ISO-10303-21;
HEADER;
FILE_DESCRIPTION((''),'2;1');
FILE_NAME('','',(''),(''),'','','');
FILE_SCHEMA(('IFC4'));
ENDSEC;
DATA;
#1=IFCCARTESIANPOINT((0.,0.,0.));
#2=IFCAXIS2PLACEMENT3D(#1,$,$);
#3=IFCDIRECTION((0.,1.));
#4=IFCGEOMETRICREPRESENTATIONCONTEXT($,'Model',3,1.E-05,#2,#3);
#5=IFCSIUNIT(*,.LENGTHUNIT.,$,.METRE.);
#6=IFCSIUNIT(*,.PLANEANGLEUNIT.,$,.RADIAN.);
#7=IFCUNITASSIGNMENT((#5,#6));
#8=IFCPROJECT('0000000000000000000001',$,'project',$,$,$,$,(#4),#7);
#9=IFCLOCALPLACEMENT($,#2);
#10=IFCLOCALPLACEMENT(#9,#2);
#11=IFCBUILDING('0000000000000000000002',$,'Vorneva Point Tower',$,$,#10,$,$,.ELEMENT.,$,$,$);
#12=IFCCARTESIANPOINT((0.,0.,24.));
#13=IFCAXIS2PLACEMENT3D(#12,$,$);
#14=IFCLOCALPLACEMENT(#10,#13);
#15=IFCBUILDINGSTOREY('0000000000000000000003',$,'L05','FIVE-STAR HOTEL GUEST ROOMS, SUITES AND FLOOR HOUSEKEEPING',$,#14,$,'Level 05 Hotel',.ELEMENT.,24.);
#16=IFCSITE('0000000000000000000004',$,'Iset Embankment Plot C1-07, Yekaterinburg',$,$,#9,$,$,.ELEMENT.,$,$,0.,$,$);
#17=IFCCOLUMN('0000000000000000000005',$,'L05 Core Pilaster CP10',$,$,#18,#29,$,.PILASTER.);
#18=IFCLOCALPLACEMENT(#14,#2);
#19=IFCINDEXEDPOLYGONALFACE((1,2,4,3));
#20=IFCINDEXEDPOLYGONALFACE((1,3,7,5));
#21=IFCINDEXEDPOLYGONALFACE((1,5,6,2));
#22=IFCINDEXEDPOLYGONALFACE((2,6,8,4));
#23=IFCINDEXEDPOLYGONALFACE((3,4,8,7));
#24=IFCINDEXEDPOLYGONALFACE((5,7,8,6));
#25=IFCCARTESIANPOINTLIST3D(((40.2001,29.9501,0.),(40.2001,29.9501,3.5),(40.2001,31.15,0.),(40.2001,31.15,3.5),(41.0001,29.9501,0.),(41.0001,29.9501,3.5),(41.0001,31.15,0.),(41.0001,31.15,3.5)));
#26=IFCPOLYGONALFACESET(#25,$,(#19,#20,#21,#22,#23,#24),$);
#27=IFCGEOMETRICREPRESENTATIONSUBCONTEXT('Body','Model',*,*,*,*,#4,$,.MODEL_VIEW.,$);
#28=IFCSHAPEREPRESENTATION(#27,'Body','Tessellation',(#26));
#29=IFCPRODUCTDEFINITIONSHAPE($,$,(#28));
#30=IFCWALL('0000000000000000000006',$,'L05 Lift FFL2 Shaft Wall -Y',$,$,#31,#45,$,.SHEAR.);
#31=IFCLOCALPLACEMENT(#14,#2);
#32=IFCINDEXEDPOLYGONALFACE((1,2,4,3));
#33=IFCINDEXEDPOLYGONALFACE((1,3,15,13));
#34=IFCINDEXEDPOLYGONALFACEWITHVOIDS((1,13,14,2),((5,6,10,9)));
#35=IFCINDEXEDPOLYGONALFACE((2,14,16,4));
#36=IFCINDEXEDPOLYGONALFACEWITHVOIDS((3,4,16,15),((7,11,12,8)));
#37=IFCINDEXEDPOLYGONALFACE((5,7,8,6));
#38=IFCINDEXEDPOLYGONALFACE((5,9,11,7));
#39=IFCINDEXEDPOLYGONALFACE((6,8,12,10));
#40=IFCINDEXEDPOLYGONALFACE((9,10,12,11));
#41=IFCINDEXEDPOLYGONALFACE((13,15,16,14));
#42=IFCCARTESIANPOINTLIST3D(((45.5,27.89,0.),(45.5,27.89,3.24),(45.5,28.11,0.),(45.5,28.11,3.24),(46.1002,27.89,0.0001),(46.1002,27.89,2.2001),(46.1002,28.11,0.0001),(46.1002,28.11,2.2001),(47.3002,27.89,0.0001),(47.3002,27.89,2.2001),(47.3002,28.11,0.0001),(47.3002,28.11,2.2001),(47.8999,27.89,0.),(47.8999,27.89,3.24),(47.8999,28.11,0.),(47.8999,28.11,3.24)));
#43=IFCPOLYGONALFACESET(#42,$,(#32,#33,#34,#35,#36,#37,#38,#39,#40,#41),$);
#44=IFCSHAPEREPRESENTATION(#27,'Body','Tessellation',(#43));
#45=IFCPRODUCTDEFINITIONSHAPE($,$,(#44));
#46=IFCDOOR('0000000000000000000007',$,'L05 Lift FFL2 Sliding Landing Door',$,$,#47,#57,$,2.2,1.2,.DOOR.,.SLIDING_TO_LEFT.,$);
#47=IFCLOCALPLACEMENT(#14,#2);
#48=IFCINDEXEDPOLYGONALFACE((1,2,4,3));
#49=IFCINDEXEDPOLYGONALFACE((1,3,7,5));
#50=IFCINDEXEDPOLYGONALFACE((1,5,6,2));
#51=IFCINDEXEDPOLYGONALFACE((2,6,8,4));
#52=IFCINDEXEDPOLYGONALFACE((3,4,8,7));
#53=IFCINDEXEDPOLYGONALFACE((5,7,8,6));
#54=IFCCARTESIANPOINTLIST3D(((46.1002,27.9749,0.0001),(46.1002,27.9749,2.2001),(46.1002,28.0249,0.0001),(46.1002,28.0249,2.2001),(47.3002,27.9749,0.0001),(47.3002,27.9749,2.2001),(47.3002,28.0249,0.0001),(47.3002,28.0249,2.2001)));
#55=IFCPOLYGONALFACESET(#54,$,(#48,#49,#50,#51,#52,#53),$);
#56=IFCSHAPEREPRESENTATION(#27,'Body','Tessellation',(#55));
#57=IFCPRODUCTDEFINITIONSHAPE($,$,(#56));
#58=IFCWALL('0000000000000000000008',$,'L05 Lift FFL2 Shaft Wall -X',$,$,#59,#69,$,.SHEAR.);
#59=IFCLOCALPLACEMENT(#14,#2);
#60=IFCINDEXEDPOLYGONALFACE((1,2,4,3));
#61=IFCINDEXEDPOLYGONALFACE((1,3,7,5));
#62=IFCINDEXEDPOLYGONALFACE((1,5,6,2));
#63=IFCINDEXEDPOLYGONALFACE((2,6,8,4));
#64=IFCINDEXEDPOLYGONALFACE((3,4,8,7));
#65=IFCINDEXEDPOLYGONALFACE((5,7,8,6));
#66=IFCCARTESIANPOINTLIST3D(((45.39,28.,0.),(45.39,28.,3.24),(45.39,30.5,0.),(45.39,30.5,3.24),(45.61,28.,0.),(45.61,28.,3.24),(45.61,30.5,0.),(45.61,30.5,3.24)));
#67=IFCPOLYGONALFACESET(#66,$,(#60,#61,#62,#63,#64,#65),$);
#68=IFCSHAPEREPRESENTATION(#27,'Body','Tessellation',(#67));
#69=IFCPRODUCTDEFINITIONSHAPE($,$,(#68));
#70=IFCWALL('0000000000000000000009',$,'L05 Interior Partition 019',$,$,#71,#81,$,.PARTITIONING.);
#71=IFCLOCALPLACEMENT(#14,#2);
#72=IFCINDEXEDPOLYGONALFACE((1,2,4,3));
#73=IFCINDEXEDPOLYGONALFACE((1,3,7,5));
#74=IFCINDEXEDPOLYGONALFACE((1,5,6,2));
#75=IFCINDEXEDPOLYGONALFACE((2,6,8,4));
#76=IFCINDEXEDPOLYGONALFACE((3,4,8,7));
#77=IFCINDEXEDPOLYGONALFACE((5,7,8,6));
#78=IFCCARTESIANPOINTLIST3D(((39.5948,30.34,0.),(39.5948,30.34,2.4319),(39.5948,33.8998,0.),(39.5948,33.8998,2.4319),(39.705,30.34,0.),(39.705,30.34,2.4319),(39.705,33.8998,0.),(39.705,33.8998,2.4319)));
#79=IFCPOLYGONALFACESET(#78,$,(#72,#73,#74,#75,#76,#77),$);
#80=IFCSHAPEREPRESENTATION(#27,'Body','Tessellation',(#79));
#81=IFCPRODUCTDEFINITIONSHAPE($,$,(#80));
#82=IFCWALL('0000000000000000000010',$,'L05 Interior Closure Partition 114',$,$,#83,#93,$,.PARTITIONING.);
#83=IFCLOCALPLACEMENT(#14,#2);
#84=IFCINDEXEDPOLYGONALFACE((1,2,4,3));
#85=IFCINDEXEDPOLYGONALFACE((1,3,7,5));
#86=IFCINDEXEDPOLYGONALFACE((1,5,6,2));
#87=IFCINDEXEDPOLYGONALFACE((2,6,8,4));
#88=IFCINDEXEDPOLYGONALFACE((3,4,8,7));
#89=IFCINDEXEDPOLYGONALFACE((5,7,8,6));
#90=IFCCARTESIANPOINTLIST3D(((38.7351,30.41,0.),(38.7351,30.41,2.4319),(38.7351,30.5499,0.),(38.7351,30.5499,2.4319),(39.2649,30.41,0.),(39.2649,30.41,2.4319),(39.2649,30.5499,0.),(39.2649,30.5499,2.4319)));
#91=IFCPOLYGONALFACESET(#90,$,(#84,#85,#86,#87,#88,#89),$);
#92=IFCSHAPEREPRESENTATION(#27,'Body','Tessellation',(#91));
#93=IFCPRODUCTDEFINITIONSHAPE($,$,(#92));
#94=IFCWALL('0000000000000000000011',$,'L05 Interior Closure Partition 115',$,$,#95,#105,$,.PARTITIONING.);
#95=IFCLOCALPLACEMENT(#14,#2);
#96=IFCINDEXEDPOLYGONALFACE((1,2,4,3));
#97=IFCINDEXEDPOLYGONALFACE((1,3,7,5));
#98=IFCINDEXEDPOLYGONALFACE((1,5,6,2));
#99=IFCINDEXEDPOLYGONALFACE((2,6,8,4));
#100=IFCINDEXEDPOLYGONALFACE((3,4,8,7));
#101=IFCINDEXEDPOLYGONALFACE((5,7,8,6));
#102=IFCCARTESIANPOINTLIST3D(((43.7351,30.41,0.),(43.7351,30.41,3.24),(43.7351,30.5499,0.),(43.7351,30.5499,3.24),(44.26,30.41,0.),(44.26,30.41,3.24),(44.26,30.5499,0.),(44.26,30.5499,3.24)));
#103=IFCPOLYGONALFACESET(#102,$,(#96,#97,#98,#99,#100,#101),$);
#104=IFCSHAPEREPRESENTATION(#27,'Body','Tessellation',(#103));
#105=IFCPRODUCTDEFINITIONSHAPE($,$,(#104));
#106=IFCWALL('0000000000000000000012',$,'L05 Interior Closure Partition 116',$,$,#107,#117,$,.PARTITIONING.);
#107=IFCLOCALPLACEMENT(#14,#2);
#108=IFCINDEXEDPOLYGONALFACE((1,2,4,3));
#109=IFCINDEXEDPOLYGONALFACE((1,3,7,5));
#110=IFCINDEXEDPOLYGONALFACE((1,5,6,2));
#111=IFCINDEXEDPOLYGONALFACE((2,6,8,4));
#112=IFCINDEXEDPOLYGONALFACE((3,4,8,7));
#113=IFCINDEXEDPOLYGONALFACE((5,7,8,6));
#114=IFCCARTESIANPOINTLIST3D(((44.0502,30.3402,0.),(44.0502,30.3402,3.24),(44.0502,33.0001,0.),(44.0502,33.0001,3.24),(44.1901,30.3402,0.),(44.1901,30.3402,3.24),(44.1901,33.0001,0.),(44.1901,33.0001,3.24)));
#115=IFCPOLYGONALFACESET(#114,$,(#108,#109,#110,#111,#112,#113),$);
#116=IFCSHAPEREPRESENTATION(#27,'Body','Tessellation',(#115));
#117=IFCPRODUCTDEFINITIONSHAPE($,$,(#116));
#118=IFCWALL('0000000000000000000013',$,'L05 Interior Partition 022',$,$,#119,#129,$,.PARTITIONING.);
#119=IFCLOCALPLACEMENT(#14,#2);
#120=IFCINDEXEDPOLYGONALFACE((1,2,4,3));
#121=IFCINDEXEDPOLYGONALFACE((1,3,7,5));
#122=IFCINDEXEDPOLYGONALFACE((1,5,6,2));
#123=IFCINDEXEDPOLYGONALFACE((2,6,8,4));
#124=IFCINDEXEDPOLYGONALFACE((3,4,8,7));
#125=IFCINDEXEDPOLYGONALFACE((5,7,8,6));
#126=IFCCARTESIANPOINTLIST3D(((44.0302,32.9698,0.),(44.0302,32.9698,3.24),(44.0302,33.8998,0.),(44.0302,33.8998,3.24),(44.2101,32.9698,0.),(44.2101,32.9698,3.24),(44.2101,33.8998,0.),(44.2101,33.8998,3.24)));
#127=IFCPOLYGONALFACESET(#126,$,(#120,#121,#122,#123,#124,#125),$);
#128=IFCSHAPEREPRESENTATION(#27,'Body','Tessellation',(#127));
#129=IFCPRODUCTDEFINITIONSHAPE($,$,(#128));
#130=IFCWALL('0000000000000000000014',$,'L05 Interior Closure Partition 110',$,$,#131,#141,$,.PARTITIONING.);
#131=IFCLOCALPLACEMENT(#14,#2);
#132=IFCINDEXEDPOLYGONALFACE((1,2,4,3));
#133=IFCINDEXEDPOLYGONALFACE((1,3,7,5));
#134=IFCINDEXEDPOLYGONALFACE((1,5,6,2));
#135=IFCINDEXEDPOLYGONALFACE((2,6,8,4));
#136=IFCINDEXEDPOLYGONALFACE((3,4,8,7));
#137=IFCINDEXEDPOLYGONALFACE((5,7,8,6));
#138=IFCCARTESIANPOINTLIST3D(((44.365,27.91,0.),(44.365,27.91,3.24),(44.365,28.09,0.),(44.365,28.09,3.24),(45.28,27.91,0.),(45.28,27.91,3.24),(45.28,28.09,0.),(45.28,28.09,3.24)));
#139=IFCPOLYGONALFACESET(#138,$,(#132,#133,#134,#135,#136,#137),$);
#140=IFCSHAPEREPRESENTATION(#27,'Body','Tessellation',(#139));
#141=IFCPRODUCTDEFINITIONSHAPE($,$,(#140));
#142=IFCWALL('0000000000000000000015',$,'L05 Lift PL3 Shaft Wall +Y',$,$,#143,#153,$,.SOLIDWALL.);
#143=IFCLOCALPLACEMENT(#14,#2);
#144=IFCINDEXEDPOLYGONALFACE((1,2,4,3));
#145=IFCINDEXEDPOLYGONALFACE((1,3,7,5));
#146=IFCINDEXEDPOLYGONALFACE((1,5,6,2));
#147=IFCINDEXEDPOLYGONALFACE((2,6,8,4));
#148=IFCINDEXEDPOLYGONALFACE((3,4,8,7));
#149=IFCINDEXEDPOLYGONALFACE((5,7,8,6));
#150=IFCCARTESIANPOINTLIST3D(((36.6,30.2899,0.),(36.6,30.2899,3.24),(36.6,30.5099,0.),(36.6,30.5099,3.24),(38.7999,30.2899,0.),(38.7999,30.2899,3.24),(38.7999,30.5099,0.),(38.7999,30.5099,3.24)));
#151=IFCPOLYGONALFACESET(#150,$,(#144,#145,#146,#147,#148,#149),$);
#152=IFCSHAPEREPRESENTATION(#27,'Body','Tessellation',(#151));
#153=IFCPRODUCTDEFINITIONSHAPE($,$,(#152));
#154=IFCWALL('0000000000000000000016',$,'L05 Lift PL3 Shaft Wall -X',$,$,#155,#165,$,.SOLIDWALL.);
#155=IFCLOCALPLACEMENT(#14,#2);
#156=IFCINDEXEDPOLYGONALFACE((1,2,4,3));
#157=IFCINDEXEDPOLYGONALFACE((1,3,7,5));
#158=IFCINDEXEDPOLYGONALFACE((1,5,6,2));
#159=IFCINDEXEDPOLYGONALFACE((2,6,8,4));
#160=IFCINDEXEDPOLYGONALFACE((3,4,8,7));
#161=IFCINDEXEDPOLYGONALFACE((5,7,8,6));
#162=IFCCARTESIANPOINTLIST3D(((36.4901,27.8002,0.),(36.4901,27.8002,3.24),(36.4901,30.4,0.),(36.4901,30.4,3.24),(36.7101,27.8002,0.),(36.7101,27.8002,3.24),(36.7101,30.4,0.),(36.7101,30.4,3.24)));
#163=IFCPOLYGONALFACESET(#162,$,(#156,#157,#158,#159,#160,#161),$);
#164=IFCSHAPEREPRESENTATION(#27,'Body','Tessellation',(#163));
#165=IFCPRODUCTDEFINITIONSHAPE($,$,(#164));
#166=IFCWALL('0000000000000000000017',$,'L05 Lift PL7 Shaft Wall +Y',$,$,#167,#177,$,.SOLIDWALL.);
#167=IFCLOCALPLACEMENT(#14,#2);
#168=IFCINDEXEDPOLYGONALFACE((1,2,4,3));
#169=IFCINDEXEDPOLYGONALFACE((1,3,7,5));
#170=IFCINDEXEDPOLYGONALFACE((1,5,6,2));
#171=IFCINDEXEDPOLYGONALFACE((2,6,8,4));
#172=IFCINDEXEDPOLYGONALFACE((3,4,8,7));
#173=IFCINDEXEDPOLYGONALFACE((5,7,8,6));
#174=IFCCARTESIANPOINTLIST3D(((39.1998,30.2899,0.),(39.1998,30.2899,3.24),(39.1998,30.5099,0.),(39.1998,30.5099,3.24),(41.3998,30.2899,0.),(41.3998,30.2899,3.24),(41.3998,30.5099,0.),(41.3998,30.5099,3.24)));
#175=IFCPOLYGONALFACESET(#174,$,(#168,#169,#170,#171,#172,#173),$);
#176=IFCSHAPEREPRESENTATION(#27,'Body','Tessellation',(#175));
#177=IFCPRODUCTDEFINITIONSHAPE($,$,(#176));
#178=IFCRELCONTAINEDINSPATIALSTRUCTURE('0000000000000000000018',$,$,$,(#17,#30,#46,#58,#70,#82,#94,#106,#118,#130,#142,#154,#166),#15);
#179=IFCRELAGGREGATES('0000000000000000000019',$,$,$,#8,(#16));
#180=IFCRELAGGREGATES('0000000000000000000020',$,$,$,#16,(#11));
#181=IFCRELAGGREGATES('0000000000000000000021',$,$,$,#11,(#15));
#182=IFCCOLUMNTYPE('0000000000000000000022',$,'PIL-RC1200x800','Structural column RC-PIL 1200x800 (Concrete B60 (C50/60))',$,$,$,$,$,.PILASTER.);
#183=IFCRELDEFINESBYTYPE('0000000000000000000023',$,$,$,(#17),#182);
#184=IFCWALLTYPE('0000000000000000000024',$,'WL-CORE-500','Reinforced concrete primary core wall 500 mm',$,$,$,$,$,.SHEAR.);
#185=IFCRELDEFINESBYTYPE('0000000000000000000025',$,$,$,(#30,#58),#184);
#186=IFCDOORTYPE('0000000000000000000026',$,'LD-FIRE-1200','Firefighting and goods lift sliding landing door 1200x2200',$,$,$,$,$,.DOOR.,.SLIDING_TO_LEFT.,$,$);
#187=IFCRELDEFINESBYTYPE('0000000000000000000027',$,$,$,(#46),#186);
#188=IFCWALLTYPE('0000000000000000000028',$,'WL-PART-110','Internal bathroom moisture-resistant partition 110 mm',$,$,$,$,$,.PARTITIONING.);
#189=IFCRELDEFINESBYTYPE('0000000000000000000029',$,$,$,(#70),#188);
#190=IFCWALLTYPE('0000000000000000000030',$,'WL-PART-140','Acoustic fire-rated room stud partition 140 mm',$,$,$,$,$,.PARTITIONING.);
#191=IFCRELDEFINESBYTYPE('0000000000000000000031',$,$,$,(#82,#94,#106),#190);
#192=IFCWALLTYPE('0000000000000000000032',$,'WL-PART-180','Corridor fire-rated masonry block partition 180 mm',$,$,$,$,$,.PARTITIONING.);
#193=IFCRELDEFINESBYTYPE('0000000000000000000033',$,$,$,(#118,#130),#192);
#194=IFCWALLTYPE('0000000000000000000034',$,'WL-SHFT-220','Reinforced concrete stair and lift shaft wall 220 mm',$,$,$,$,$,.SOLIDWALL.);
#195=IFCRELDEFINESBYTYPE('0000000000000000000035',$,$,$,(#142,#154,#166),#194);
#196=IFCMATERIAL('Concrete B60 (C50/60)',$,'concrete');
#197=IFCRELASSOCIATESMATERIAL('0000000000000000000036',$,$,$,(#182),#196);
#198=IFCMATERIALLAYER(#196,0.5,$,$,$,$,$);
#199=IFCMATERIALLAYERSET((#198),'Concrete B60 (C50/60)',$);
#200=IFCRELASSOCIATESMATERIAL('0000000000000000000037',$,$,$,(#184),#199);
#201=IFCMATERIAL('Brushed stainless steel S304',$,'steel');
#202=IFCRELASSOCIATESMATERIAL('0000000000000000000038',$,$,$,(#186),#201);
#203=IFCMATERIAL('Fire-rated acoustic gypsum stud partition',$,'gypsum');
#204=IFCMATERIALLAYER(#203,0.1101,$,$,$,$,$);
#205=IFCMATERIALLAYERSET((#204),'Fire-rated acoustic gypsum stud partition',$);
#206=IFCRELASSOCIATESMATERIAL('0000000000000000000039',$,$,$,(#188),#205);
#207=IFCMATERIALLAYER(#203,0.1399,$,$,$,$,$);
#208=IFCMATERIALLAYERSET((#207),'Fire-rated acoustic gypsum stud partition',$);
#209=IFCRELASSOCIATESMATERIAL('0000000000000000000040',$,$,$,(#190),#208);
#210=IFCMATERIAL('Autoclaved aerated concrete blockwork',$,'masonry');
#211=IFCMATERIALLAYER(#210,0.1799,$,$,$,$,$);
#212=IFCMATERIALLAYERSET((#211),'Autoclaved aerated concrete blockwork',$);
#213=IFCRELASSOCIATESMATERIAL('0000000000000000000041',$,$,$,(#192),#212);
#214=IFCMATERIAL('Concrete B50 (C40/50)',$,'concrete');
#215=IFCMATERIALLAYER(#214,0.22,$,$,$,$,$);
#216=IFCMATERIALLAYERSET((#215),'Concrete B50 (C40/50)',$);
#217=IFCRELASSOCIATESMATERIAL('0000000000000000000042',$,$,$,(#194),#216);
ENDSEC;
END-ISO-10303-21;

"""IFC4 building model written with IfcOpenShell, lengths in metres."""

from ifc_helpers import new_model, si_unit, direction, frame, frame_2d, origin, origin_2d, place, context, subcontext, project, spatial, rectangle, extrude, material, layer, layer_set, material_profile, profile_set, type_object, element, fill, save


model = new_model("IFC4")

# Units and contexts
model_context = context("Model", 3, precision=1e-05, world=origin(), true_north=direction((0.0, 1.0)))
body_context = subcontext(model_context, "Body", "Model", "MODEL_VIEW")
ifc_project = project(units=[si_unit("LENGTHUNIT", "METRE"), si_unit("PLANEANGLEUNIT", "RADIAN")], contexts=[model_context])

# Site, building, storey
site_placement = place(None, origin())
site = spatial("IfcSite", under=ifc_project, at=site_placement, Name="Iset Embankment Plot C1-07, Yekaterinburg", CompositionType="ELEMENT", RefElevation=0.0)
building_placement = place(site_placement, origin())
building = spatial("IfcBuilding", under=site, at=building_placement, Name="Vorneva Point Tower", CompositionType="ELEMENT")
storey_placement = place(building_placement, frame((0.0, 0.0, 24.0)))
storey = spatial("IfcBuildingStorey", under=building, at=storey_placement, Name="L05", Description="FIVE-STAR HOTEL GUEST ROOMS, SUITES AND FLOOR HOUSEKEEPING", LongName="Level 05 Hotel", CompositionType="ELEMENT", Elevation=24.0)

# Column
ifc_material_1 = material(Name="Concrete B60 (C50/60)", Category="concrete")
ifc_material_profile = material_profile(ifc_material_1, rectangle(XDim=0.8, YDim=1.2, at=origin_2d()), Name="RC-PIL 1200x800")
ifc_profile_set = profile_set([ifc_material_profile], Name="Concrete B60 (C50/60)")
column_type = type_object("IfcColumnType", Name="PIL-RC1200x800", Description="Structural column RC-PIL 1200x800 (Concrete B60 (C50/60))", PredefinedType="PILASTER", material=ifc_profile_set)
column_placement = place(storey_placement, frame((40.6001, 30.55, 0.0), z_axis=(0.0, 0.0, 1.0), x_axis=(1.0, 0.0, 0.0)))
element("IfcColumn", 1, at=column_placement, inside=storey, type_object=column_type, Name="L05 Core Pilaster CP10", PredefinedType="PILASTER", context=body_context, shape_type="SweptSolid", body=[
    extrude(rectangle(XDim=0.8, YDim=1.2, at=origin_2d()), origin(), (0.0, 0.0, 1.0), 3.5),
])

# Wall, opening, door
ifc_layer_1 = layer(ifc_material_1, 0.5)
ifc_layer_set_1 = layer_set([ifc_layer_1], Name="Concrete B60 (C50/60)")
wall_type_1 = type_object("IfcWallType", Name="WL-CORE-500", Description="Reinforced concrete primary core wall 500 mm", PredefinedType="SHEAR", material=ifc_layer_set_1)
wall_1_placement = place(storey_placement, frame((45.5, 28.0, 0.0), z_axis=(0.0, 0.0, 1.0), x_axis=(1.0, 0.0, 0.0)))
wall_1 = element("IfcWall", 2, at=wall_1_placement, inside=storey, type_object=wall_type_1, Name="L05 Lift FFL2 Shaft Wall -Y", PredefinedType="SHEAR", context=body_context, shape_type="SweptSolid", body=[
    extrude(rectangle(XDim=2.3999, YDim=0.22, at=frame_2d((1.2, 0.0))), origin(), (0.0, 0.0, 1.0), 3.24),
])
opening_1_placement = place(wall_1_placement, frame((0.6001, 0.0, 0.0)))
opening_1 = element("IfcOpeningElement", 3, at=opening_1_placement, cuts=wall_1, PredefinedType="OPENING", context=body_context, shape_type="SweptSolid", body=[
    extrude(rectangle(XDim=1.2, YDim=2.2, at=frame_2d((0.6001, 1.1001))), frame((0.0, 0.125, 0.0), z_axis=(0.0, -1.0, 0.0), x_axis=(1.0, 0.0, 0.0)), (0.0, 0.0, 1.0), 0.2498),
])
ifc_material_2 = material(Name="Brushed stainless steel S304", Category="steel")
door_type_1 = type_object("IfcDoorType", Name="LD-FIRE-1200", Description="Firefighting and goods lift sliding landing door 1200x2200", OperationType="SLIDING_TO_LEFT", PredefinedType="DOOR", material=ifc_material_2)
door_1_placement = place(opening_1_placement, origin())
door_1 = element("IfcDoor", 4, at=door_1_placement, inside=storey, type_object=door_type_1, Name="L05 Lift FFL2 Sliding Landing Door", OperationType="SLIDING_TO_LEFT", OverallHeight=2.2, OverallWidth=1.2, PredefinedType="DOOR", context=body_context, shape_type="SweptSolid", body=[
    extrude(rectangle(XDim=1.2, YDim=2.2, at=frame_2d((0.6001, 1.1001))), frame((0.0, 0.0249, 0.0), z_axis=(0.0, -1.0, 0.0), x_axis=(1.0, 0.0, 0.0)), (0.0, 0.0, 1.0), 0.05),
])
fill(opening_1, door_1)

# Walls
wall_2_placement = place(storey_placement, frame((45.5, 30.5, 0.0), z_axis=(0.0, 0.0, 1.0), x_axis=(0.0, -1.0, 0.0)))
element("IfcWall", 5, at=wall_2_placement, inside=storey, type_object=wall_type_1, Name="L05 Lift FFL2 Shaft Wall -X", PredefinedType="SHEAR", context=body_context, shape_type="SweptSolid", body=[
    extrude(rectangle(XDim=2.5, YDim=0.22, at=frame_2d((1.25, 0.0))), origin(), (0.0, 0.0, 1.0), 3.24),
])
ifc_material_3 = material(Name="Fire-rated acoustic gypsum stud partition", Category="gypsum")
ifc_layer_2 = layer(ifc_material_3, 0.1101)
ifc_layer_set_2 = layer_set([ifc_layer_2], Name="Fire-rated acoustic gypsum stud partition")
wall_type_2 = type_object("IfcWallType", Name="WL-PART-110", Description="Internal bathroom moisture-resistant partition 110 mm", PredefinedType="PARTITIONING", material=ifc_layer_set_2)
wall_3_placement = place(storey_placement, frame((39.6499, 30.3401, 0.0), z_axis=(0.0, 0.0, 1.0), x_axis=(0.0, 1.0, 0.0)))
element("IfcWall", 6, at=wall_3_placement, inside=storey, type_object=wall_type_2, Name="L05 Interior Partition 019", PredefinedType="PARTITIONING", context=body_context, shape_type="SweptSolid", body=[
    extrude(rectangle(XDim=3.5598, YDim=0.1101, at=frame_2d((1.7798, 0.0))), origin(), (0.0, 0.0, 1.0), 2.4319),
])
ifc_layer_3 = layer(ifc_material_3, 0.1399)
ifc_layer_set_3 = layer_set([ifc_layer_3], Name="Fire-rated acoustic gypsum stud partition")
wall_type_3 = type_object("IfcWallType", Name="WL-PART-140", Description="Acoustic fire-rated room stud partition 140 mm", PredefinedType="PARTITIONING", material=ifc_layer_set_3)
wall_4_placement = place(storey_placement, frame((38.7351, 30.48, 0.0), z_axis=(0.0, 0.0, 1.0), x_axis=(1.0, 0.0, 0.0)))
element("IfcWall", 7, at=wall_4_placement, inside=storey, type_object=wall_type_3, Name="L05 Interior Closure Partition 114", PredefinedType="PARTITIONING", context=body_context, shape_type="SweptSolid", body=[
    extrude(rectangle(XDim=0.5298, YDim=0.1399, at=frame_2d((0.2649, 0.0))), origin(), (0.0, 0.0, 1.0), 2.4319),
])
wall_5_placement = place(storey_placement, frame((43.7351, 30.48, 0.0), z_axis=(0.0, 0.0, 1.0), x_axis=(1.0, 0.0, 0.0)))
element("IfcWall", 8, at=wall_5_placement, inside=storey, type_object=wall_type_3, Name="L05 Interior Closure Partition 115", PredefinedType="PARTITIONING", context=body_context, shape_type="SweptSolid", body=[
    extrude(rectangle(XDim=0.5249, YDim=0.1399, at=frame_2d((0.2625, 0.0))), origin(), (0.0, 0.0, 1.0), 3.24),
])
wall_6_placement = place(storey_placement, frame((44.1201, 30.3401, 0.0), z_axis=(0.0, 0.0, 1.0), x_axis=(0.0, 1.0, 0.0)))
element("IfcWall", 9, at=wall_6_placement, inside=storey, type_object=wall_type_3, Name="L05 Interior Closure Partition 116", PredefinedType="PARTITIONING", context=body_context, shape_type="SweptSolid", body=[
    extrude(rectangle(XDim=2.6599, YDim=0.1399, at=frame_2d((1.3301, 0.0))), origin(), (0.0, 0.0, 1.0), 3.24),
])

# Shared definitions
ifc_material_4 = material(Name="Autoclaved aerated concrete blockwork", Category="masonry")
ifc_layer_4 = layer(ifc_material_4, 0.1799)
ifc_layer_set_4 = layer_set([ifc_layer_4], Name="Autoclaved aerated concrete blockwork")
wall_type_4 = type_object("IfcWallType", Name="WL-PART-180", Description="Corridor fire-rated masonry block partition 180 mm", PredefinedType="PARTITIONING", material=ifc_layer_set_4)

# Walls
wall_7_placement = place(storey_placement, frame((44.1201, 32.97, 0.0), z_axis=(0.0, 0.0, 1.0), x_axis=(0.0, 1.0, 0.0)))
element("IfcWall", 10, at=wall_7_placement, inside=storey, type_object=wall_type_4, Name="L05 Interior Partition 022", PredefinedType="PARTITIONING", context=body_context, shape_type="SweptSolid", body=[
    extrude(rectangle(XDim=0.9299, YDim=0.1799, at=frame_2d((0.4648, 0.0))), origin(), (0.0, 0.0, 1.0), 3.24),
])
wall_8_placement = place(storey_placement, frame((45.28, 28.0, 0.0), z_axis=(0.0, 0.0, 1.0), x_axis=(-1.0, 0.0, 0.0)))
element("IfcWall", 11, at=wall_8_placement, inside=storey, type_object=wall_type_4, Name="L05 Interior Closure Partition 110", PredefinedType="PARTITIONING", context=body_context, shape_type="SweptSolid", body=[
    extrude(rectangle(XDim=0.915, YDim=0.1799, at=frame_2d((0.4575, 0.0))), origin(), (0.0, 0.0, 1.0), 3.24),
])
ifc_material_5 = material(Name="Concrete B50 (C40/50)", Category="concrete")
ifc_layer_5 = layer(ifc_material_5, 0.22)
ifc_layer_set_5 = layer_set([ifc_layer_5], Name="Concrete B50 (C40/50)")
wall_type_5 = type_object("IfcWallType", Name="WL-SHFT-220", Description="Reinforced concrete stair and lift shaft wall 220 mm", PredefinedType="SOLIDWALL", material=ifc_layer_set_5)
wall_9_placement = place(storey_placement, frame((38.8, 30.3999, 0.0), z_axis=(0.0, 0.0, 1.0), x_axis=(-1.0, 0.0, 0.0)))
element("IfcWall", 12, at=wall_9_placement, inside=storey, type_object=wall_type_5, Name="L05 Lift PL3 Shaft Wall +Y", PredefinedType="SOLIDWALL", context=body_context, shape_type="SweptSolid", body=[
    extrude(rectangle(XDim=2.2, YDim=0.22, at=frame_2d((1.1001, 0.0))), origin(), (0.0, 0.0, 1.0), 3.24),
])
wall_10_placement = place(storey_placement, frame((36.6001, 30.3999, 0.0), z_axis=(0.0, 0.0, 1.0), x_axis=(0.0, -1.0, 0.0)))
element("IfcWall", 13, at=wall_10_placement, inside=storey, type_object=wall_type_5, Name="L05 Lift PL3 Shaft Wall -X", PredefinedType="SOLIDWALL", context=body_context, shape_type="SweptSolid", body=[
    extrude(rectangle(XDim=2.5999, YDim=0.22, at=frame_2d((1.2998, 0.0))), origin(), (0.0, 0.0, 1.0), 3.24),
])
wall_11_placement = place(storey_placement, frame((41.3999, 30.3999, 0.0), z_axis=(0.0, 0.0, 1.0), x_axis=(-1.0, 0.0, 0.0)))
element("IfcWall", 14, at=wall_11_placement, inside=storey, type_object=wall_type_5, Name="L05 Lift PL7 Shaft Wall +Y", PredefinedType="SOLIDWALL", context=body_context, shape_type="SweptSolid", body=[
    extrude(rectangle(XDim=2.2, YDim=0.22, at=frame_2d((1.1001, 0.0))), origin(), (0.0, 0.0, 1.0), 3.24),
])

save(model, "model.ifc")
